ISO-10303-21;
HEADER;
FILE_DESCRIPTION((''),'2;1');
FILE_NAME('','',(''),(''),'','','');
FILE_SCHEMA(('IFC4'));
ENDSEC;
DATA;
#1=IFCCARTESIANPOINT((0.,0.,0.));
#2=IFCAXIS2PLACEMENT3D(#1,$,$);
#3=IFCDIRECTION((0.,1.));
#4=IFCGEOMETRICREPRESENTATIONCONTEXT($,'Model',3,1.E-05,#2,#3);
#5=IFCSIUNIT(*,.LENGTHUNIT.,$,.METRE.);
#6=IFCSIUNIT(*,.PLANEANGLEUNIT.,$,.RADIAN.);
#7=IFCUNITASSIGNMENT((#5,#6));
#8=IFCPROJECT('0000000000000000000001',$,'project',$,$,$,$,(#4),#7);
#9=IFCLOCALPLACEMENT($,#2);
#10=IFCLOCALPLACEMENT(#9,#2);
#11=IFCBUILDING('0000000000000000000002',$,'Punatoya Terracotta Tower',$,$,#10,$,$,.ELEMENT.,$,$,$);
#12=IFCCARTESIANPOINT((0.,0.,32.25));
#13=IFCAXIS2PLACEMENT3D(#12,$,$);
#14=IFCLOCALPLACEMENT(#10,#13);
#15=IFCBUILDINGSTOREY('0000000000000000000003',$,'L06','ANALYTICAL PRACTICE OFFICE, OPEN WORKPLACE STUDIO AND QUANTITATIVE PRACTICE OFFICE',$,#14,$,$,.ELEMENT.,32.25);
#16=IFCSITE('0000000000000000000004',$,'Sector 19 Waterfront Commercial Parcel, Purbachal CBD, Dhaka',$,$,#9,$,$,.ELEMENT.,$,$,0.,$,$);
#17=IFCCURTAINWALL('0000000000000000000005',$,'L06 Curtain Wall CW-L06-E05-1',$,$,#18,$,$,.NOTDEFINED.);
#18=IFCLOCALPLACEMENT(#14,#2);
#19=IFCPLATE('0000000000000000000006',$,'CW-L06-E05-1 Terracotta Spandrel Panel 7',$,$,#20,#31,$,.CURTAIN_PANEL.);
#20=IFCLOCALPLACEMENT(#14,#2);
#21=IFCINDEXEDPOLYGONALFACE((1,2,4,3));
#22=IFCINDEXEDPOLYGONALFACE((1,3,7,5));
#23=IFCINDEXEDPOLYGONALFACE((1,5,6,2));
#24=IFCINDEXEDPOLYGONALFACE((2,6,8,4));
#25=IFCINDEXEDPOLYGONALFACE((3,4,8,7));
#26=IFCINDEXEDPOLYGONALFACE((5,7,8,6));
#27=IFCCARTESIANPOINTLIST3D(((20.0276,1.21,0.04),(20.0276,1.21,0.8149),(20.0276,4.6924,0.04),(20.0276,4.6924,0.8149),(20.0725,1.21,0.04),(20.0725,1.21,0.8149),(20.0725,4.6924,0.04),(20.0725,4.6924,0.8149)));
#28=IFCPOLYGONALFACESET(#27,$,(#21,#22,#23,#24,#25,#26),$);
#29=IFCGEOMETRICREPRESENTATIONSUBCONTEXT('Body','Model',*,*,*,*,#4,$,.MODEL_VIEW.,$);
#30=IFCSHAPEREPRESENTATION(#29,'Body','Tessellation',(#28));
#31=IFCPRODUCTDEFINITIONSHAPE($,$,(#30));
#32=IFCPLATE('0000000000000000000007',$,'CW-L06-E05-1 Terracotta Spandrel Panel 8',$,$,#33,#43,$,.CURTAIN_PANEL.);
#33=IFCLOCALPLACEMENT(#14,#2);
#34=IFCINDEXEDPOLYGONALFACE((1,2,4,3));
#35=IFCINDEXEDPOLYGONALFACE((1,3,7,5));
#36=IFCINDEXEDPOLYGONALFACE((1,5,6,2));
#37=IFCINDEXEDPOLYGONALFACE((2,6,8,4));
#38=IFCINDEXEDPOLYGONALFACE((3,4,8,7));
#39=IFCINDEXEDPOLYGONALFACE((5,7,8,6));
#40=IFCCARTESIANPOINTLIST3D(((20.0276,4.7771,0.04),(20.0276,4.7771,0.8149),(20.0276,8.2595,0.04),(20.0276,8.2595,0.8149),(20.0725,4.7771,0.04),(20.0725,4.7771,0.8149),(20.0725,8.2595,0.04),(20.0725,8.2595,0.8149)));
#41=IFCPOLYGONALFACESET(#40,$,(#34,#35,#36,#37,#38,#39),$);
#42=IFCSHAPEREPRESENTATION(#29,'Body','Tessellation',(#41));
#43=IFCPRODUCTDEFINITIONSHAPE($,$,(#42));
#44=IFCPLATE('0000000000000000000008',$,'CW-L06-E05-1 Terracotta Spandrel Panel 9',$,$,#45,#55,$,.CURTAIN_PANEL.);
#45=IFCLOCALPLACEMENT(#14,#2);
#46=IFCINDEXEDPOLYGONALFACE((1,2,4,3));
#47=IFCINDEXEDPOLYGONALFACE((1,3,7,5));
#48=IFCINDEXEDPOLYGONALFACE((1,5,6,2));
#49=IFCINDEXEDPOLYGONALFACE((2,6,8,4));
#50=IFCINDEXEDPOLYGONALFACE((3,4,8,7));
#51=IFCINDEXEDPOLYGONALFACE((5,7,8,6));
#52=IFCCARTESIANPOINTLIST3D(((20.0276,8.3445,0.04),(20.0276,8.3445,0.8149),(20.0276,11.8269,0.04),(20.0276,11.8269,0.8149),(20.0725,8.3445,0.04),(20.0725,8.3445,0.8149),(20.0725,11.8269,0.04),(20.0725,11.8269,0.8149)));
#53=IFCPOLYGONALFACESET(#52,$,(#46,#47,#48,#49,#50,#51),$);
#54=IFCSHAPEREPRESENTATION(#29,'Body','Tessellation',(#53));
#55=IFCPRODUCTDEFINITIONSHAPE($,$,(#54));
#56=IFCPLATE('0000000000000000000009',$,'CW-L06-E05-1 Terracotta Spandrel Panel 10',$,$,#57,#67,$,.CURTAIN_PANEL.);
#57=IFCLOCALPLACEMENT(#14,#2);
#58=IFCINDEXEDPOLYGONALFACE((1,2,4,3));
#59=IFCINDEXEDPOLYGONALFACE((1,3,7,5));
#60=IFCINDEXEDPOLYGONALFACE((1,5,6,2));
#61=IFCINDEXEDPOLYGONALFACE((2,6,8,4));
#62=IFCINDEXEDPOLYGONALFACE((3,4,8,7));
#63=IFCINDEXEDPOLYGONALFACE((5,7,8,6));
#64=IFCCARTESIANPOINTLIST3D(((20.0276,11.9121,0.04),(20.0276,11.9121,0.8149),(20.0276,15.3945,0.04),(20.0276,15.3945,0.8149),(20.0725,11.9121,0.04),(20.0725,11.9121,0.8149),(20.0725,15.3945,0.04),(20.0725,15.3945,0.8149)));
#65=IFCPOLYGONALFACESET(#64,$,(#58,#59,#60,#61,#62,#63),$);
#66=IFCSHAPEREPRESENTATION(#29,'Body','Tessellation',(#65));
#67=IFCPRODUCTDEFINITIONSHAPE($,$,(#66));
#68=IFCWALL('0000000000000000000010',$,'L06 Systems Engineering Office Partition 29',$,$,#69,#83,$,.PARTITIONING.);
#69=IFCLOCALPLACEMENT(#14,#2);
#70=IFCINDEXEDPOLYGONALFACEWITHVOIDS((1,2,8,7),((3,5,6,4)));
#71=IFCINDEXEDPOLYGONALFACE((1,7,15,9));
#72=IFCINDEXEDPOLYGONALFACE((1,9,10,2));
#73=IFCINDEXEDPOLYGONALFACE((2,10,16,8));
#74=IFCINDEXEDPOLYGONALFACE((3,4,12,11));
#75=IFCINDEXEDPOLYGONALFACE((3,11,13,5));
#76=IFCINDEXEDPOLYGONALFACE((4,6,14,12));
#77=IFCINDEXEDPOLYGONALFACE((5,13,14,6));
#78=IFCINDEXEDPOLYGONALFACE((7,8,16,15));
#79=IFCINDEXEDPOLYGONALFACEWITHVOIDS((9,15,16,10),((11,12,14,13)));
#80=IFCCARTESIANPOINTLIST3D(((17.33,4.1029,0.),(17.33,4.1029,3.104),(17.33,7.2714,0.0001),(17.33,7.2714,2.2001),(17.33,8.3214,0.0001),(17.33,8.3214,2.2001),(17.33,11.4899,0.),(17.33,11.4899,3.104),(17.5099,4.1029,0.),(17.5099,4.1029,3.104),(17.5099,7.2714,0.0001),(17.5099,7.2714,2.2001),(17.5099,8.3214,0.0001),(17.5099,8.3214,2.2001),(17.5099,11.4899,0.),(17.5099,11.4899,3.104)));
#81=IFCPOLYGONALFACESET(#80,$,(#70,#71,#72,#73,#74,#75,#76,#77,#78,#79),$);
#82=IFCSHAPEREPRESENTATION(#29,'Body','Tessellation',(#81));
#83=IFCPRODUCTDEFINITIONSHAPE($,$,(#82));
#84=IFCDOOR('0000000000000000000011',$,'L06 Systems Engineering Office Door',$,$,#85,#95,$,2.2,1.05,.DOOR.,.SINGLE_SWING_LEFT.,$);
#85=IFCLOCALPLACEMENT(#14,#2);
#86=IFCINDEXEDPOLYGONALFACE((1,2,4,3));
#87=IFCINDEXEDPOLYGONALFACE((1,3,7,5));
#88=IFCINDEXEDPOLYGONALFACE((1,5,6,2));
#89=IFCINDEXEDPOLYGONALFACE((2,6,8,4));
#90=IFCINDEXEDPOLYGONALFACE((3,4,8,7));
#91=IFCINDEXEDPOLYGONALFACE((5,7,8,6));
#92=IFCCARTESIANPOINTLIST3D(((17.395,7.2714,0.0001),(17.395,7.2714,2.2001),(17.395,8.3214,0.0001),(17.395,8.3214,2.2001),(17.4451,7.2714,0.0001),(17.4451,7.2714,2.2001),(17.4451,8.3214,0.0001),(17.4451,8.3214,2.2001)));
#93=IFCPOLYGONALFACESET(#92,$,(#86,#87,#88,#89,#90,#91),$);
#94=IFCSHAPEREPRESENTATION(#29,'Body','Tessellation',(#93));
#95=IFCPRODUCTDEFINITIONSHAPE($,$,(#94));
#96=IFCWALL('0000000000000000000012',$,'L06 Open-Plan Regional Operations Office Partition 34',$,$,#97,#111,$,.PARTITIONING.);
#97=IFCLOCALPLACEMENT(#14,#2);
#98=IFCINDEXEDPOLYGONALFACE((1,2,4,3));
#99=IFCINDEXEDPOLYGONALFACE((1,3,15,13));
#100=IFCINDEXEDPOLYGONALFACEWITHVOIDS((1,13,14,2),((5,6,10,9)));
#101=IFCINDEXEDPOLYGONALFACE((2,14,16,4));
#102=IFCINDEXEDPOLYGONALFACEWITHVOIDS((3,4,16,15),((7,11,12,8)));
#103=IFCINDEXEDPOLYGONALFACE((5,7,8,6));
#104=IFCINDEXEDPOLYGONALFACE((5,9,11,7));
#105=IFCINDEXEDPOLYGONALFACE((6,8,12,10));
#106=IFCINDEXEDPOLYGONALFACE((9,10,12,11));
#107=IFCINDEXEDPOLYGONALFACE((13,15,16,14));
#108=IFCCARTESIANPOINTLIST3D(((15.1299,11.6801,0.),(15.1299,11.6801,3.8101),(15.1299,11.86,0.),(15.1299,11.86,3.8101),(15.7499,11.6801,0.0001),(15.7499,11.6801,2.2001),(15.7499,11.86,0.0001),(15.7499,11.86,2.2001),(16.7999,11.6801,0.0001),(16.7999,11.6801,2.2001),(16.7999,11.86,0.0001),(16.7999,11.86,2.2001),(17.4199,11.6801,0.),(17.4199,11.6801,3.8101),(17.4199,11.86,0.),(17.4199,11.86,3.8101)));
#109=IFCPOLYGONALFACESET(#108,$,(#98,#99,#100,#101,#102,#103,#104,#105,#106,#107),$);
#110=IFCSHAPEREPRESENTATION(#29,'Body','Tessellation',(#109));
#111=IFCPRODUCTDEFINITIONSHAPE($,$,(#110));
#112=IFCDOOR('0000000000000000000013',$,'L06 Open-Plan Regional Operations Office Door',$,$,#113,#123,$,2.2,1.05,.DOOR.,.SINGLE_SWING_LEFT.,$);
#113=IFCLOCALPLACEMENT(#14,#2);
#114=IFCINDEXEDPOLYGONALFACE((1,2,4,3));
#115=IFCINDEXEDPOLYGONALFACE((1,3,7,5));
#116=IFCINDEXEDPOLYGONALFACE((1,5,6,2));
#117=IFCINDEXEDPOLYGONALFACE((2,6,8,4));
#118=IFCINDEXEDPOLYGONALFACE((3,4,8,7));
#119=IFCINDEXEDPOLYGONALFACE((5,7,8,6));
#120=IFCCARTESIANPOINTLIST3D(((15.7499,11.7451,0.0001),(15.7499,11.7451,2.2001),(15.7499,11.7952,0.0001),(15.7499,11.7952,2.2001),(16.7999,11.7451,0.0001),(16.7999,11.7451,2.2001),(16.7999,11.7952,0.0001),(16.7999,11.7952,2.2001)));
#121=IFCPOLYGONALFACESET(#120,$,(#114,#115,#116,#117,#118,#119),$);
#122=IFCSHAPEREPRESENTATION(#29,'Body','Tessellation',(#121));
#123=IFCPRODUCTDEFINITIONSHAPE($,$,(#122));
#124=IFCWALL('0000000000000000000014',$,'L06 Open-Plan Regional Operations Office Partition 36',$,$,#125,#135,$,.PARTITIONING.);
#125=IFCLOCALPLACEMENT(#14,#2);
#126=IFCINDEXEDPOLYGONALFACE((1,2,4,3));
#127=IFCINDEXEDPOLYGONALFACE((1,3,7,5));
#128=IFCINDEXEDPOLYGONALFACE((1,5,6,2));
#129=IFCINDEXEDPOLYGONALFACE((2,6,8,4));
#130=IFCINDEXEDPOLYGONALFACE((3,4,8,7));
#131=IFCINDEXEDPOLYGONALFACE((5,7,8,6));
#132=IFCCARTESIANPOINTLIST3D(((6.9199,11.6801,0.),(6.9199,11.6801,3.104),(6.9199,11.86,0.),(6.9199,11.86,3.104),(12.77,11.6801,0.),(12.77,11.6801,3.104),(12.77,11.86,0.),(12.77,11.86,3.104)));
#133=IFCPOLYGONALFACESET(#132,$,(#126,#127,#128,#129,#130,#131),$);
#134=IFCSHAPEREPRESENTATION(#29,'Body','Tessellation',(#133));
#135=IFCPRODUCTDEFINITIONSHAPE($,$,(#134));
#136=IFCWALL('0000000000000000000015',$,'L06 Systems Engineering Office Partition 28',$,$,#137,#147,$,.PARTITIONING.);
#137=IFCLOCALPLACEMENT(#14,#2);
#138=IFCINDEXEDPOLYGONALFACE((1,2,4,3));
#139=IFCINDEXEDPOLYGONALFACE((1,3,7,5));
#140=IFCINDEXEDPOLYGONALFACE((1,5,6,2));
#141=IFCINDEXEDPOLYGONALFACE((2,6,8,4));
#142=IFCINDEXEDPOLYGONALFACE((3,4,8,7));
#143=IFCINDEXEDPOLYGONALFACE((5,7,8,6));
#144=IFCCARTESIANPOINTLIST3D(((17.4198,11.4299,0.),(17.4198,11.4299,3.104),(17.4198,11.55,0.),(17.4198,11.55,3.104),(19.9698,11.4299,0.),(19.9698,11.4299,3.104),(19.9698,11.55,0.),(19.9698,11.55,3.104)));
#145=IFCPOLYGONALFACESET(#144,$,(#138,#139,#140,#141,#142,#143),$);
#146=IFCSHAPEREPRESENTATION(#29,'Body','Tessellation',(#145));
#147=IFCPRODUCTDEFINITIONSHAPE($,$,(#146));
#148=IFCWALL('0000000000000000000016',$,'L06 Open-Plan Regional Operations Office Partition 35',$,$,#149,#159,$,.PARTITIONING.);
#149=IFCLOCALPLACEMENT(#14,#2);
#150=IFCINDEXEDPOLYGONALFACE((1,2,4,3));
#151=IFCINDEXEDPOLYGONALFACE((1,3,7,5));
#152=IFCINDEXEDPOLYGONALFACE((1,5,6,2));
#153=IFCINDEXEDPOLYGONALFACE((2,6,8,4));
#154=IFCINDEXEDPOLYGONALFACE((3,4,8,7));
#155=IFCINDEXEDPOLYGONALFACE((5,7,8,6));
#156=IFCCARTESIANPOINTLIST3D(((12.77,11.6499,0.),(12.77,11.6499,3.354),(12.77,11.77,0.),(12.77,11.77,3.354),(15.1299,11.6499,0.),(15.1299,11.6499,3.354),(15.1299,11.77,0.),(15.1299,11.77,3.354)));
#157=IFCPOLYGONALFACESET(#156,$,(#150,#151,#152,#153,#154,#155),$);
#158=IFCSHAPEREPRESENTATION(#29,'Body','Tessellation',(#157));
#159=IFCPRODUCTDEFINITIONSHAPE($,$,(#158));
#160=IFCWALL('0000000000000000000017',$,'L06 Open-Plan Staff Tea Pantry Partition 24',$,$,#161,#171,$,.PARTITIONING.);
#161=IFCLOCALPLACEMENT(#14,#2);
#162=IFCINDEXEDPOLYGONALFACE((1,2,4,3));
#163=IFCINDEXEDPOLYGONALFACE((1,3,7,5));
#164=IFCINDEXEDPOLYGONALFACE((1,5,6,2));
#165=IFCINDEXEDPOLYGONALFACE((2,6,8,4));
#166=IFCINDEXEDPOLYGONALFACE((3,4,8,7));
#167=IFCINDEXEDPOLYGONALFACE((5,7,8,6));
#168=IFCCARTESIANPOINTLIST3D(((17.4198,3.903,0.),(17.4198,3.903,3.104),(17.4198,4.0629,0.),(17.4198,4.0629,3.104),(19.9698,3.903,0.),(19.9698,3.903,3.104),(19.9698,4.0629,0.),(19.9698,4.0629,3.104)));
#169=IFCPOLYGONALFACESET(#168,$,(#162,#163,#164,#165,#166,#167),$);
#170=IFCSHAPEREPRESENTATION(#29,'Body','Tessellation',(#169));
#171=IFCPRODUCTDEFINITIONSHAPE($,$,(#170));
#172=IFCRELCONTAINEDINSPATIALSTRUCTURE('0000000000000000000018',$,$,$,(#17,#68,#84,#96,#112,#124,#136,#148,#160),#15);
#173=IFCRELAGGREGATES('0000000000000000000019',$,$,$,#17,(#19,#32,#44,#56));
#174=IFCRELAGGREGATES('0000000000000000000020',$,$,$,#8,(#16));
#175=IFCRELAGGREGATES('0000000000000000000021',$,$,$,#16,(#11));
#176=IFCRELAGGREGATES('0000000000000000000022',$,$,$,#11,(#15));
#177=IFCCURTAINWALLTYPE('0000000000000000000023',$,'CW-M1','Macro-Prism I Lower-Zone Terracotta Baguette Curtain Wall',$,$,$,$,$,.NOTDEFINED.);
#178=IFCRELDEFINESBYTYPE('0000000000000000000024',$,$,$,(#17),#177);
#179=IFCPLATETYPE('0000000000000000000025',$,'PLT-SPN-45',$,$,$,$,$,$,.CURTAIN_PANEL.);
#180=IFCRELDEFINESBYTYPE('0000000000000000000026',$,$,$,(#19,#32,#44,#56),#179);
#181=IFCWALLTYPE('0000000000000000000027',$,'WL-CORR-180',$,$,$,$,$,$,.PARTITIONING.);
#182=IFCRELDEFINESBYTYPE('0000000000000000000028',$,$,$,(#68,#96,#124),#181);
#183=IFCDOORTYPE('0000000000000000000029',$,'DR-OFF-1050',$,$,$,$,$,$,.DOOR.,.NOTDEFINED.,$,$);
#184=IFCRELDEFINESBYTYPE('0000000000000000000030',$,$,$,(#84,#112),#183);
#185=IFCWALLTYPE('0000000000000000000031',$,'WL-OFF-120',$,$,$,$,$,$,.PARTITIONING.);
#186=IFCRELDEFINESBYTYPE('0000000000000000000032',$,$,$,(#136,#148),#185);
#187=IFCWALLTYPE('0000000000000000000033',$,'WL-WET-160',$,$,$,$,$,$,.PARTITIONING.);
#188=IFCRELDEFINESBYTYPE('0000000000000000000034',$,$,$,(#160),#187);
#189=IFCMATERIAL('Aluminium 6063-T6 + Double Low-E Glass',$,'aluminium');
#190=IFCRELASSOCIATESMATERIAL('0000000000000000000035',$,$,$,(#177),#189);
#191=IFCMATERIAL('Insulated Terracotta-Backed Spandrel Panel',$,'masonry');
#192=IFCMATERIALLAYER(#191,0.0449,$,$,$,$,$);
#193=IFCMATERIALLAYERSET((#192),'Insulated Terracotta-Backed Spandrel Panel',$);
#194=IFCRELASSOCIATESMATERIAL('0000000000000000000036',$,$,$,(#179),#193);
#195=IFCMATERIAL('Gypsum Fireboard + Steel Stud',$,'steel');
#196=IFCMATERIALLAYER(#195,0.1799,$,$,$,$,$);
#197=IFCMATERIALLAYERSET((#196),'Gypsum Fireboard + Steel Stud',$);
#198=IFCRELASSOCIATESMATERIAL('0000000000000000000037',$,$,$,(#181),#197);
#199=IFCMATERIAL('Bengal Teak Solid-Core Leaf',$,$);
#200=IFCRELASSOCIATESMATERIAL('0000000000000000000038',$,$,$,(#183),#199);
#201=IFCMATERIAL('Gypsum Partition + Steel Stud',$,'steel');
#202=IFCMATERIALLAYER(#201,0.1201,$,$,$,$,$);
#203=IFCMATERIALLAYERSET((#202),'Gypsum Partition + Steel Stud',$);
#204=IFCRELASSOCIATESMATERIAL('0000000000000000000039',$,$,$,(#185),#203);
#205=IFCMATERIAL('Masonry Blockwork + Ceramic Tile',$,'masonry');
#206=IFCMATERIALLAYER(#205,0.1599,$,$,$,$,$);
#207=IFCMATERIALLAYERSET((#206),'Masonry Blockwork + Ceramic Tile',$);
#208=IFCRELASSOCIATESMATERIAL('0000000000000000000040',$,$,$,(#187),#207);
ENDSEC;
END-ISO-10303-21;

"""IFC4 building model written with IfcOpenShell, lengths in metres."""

from ifc_helpers import new_model, si_unit, direction, frame, frame_2d, origin, origin_2d, place, context, subcontext, project, spatial, rectangle, extrude, material, layer, layer_set, type_object, element, fill, aggregate, save


model = new_model("IFC4")

# Units and contexts
model_context = context("Model", 3, precision=1e-05, world=origin(), true_north=direction((0.0, 1.0)))
body_context = subcontext(model_context, "Body", "Model", "MODEL_VIEW")
ifc_project = project(units=[si_unit("LENGTHUNIT", "METRE"), si_unit("PLANEANGLEUNIT", "RADIAN")], contexts=[model_context])

# Site, building, storey
site_placement = place(None, origin())
site = spatial("IfcSite", under=ifc_project, at=site_placement, Name="Sector 19 Waterfront Commercial Parcel, Purbachal CBD, Dhaka", CompositionType="ELEMENT", RefElevation=0.0)
building_placement = place(site_placement, origin())
building = spatial("IfcBuilding", under=site, at=building_placement, Name="Punatoya Terracotta Tower", CompositionType="ELEMENT")
storey_placement = place(building_placement, frame((0.0, 0.0, 32.25)))
storey = spatial("IfcBuildingStorey", under=building, at=storey_placement, Name="L06", Description="ANALYTICAL PRACTICE OFFICE, OPEN WORKPLACE STUDIO AND QUANTITATIVE PRACTICE OFFICE", CompositionType="ELEMENT", Elevation=32.25)

# Curtain wall
ifc_material_1 = material(Name="Aluminium 6063-T6 + Double Low-E Glass", Category="aluminium")
curtain_wall_type = type_object("IfcCurtainWallType", Name="CW-M1", Description="Macro-Prism I Lower-Zone Terracotta Baguette Curtain Wall", PredefinedType="NOTDEFINED", material=ifc_material_1)
curtain_wall_1_placement = place(storey_placement, origin())
curtain_wall_1 = element("IfcCurtainWall", 1, at=curtain_wall_1_placement, inside=storey, type_object=curtain_wall_type, Name="L06 Curtain Wall CW-L06-E05-1", PredefinedType="NOTDEFINED")

# Plates
ifc_material_2 = material(Name="Insulated Terracotta-Backed Spandrel Panel", Category="masonry")
ifc_layer_1 = layer(ifc_material_2, 0.0449)
ifc_layer_set_1 = layer_set([ifc_layer_1], Name="Insulated Terracotta-Backed Spandrel Panel")
plate_type_1 = type_object("IfcPlateType", Name="PLT-SPN-45", PredefinedType="CURTAIN_PANEL", material=ifc_layer_set_1)
plate_1_placement = place(storey_placement, frame((20.05, 2.9512, 0.04), z_axis=(0.0, 0.0, 1.0), x_axis=(0.0, 1.0, 0.0)))
plate_1 = element("IfcPlate", 2, at=plate_1_placement, type_object=plate_type_1, Name="CW-L06-E05-1 Terracotta Spandrel Panel 7", PredefinedType="CURTAIN_PANEL", context=body_context, shape_type="SweptSolid", body=[
    extrude(rectangle(XDim=3.4824, YDim=0.0449, at=origin_2d()), origin(), (0.0, 0.0, 1.0), 0.7749),
])
plate_2_placement = place(storey_placement, frame((20.05, 6.5183, 0.04), z_axis=(0.0, 0.0, 1.0), x_axis=(0.0, 1.0, 0.0)))
plate_2 = element("IfcPlate", 3, at=plate_2_placement, type_object=plate_type_1, Name="CW-L06-E05-1 Terracotta Spandrel Panel 8", PredefinedType="CURTAIN_PANEL", context=body_context, shape_type="SweptSolid", body=[
    extrude(rectangle(XDim=3.4824, YDim=0.0449, at=origin_2d()), origin(), (0.0, 0.0, 1.0), 0.7749),
])
plate_3_placement = place(storey_placement, frame((20.05, 10.0857, 0.04), z_axis=(0.0, 0.0, 1.0), x_axis=(0.0, 1.0, 0.0)))
plate_3 = element("IfcPlate", 4, at=plate_3_placement, type_object=plate_type_1, Name="CW-L06-E05-1 Terracotta Spandrel Panel 9", PredefinedType="CURTAIN_PANEL", context=body_context, shape_type="SweptSolid", body=[
    extrude(rectangle(XDim=3.4824, YDim=0.0449, at=origin_2d()), origin(), (0.0, 0.0, 1.0), 0.7749),
])
plate_4_placement = place(storey_placement, frame((20.05, 13.6533, 0.04), z_axis=(0.0, 0.0, 1.0), x_axis=(0.0, 1.0, 0.0)))
plate_4 = element("IfcPlate", 5, at=plate_4_placement, type_object=plate_type_1, Name="CW-L06-E05-1 Terracotta Spandrel Panel 10", PredefinedType="CURTAIN_PANEL", context=body_context, shape_type="SweptSolid", body=[
    extrude(rectangle(XDim=3.4824, YDim=0.0449, at=origin_2d()), origin(), (0.0, 0.0, 1.0), 0.7749),
])
aggregate(curtain_wall_1, [plate_1, plate_2, plate_3, plate_4])

# Walls, openings, doors
ifc_material_3 = material(Name="Gypsum Fireboard + Steel Stud", Category="steel")
ifc_layer_2 = layer(ifc_material_3, 0.1799)
ifc_layer_set_2 = layer_set([ifc_layer_2], Name="Gypsum Fireboard + Steel Stud")
wall_type_1 = type_object("IfcWallType", Name="WL-CORR-180", PredefinedType="PARTITIONING", material=ifc_layer_set_2)
wall_1_placement = place(storey_placement, frame((17.4199, 4.103, 0.0), z_axis=(0.0, 0.0, 1.0), x_axis=(0.0, 1.0, 0.0)))
wall_1 = element("IfcWall", 6, at=wall_1_placement, inside=storey, type_object=wall_type_1, Name="L06 Systems Engineering Office Partition 29", PredefinedType="PARTITIONING", context=body_context, shape_type="SweptSolid", body=[
    extrude(rectangle(XDim=7.387, YDim=0.1799, at=frame_2d((3.6934, 0.0))), origin(), (0.0, 0.0, 1.0), 3.104),
])
opening_1_placement = place(wall_1_placement, frame((3.1685, 0.0, 0.0)))
opening_1 = element("IfcOpeningElement", 7, at=opening_1_placement, cuts=wall_1, PredefinedType="OPENING", context=body_context, shape_type="SweptSolid", body=[
    extrude(rectangle(XDim=1.05, YDim=2.2, at=frame_2d((0.5249, 1.1001))), frame((0.0, 0.0999, 0.0), z_axis=(0.0, -1.0, 0.0), x_axis=(1.0, 0.0, 0.0)), (0.0, 0.0, 1.0), 0.2),
])
ifc_material_4 = material(Name="Bengal Teak Solid-Core Leaf")
door_type = type_object("IfcDoorType", Name="DR-OFF-1050", OperationType="NOTDEFINED", PredefinedType="DOOR", material=ifc_material_4)
door_1_placement = place(opening_1_placement, origin())
door_1 = element("IfcDoor", 8, at=door_1_placement, inside=storey, type_object=door_type, Name="L06 Systems Engineering Office Door", OperationType="SINGLE_SWING_LEFT", OverallHeight=2.2, OverallWidth=1.05, PredefinedType="DOOR", context=body_context, shape_type="SweptSolid", body=[
    extrude(rectangle(XDim=1.05, YDim=2.2, at=frame_2d((0.5249, 1.1001))), frame((0.0, 0.0249, 0.0), z_axis=(0.0, -1.0, 0.0), x_axis=(1.0, 0.0, 0.0)), (0.0, 0.0, 1.0), 0.05),
])
fill(opening_1, door_1)
wall_2_placement = place(storey_placement, frame((17.4199, 11.77, 0.0), z_axis=(0.0, 0.0, 1.0), x_axis=(-1.0, 0.0, 0.0)))
wall_2 = element("IfcWall", 9, at=wall_2_placement, inside=storey, type_object=wall_type_1, Name="L06 Open-Plan Regional Operations Office Partition 34", PredefinedType="PARTITIONING", context=body_context, shape_type="SweptSolid", body=[
    extrude(rectangle(XDim=2.29, YDim=0.1799, at=frame_2d((1.145, 0.0))), origin(), (0.0, 0.0, 1.0), 3.8101),
])
opening_2_placement = place(wall_2_placement, frame((0.6201, 0.0, 0.0)))
opening_2 = element("IfcOpeningElement", 10, at=opening_2_placement, cuts=wall_2, PredefinedType="OPENING", context=body_context, shape_type="SweptSolid", body=[
    extrude(rectangle(XDim=1.05, YDim=2.2, at=frame_2d((0.5249, 1.1001))), frame((0.0, 0.0999, 0.0), z_axis=(0.0, -1.0, 0.0), x_axis=(1.0, 0.0, 0.0)), (0.0, 0.0, 1.0), 0.2),
])
door_2_placement = place(opening_2_placement, origin())
door_2 = element("IfcDoor", 11, at=door_2_placement, inside=storey, type_object=door_type, Name="L06 Open-Plan Regional Operations Office Door", OperationType="SINGLE_SWING_LEFT", OverallHeight=2.2, OverallWidth=1.05, PredefinedType="DOOR", context=body_context, shape_type="SweptSolid", body=[
    extrude(rectangle(XDim=1.05, YDim=2.2, at=frame_2d((0.5249, 1.1001))), frame((0.0, 0.0249, 0.0), z_axis=(0.0, -1.0, 0.0), x_axis=(1.0, 0.0, 0.0)), (0.0, 0.0, 1.0), 0.05),
])
fill(opening_2, door_2)

# Walls
wall_3_placement = place(storey_placement, frame((12.77, 11.77, 0.0), z_axis=(0.0, 0.0, 1.0), x_axis=(-1.0, 0.0, 0.0)))
element("IfcWall", 12, at=wall_3_placement, inside=storey, type_object=wall_type_1, Name="L06 Open-Plan Regional Operations Office Partition 36", PredefinedType="PARTITIONING", context=body_context, shape_type="SweptSolid", body=[
    extrude(rectangle(XDim=5.8501, YDim=0.1799, at=frame_2d((2.925, 0.0))), origin(), (0.0, 0.0, 1.0), 3.104),
])
ifc_material_5 = material(Name="Gypsum Partition + Steel Stud", Category="steel")
ifc_layer_3 = layer(ifc_material_5, 0.1201)
ifc_layer_set_3 = layer_set([ifc_layer_3], Name="Gypsum Partition + Steel Stud")
wall_type_2 = type_object("IfcWallType", Name="WL-OFF-120", PredefinedType="PARTITIONING", material=ifc_layer_set_3)
wall_4_placement = place(storey_placement, frame((17.4199, 11.49, 0.0), z_axis=(0.0, 0.0, 1.0), x_axis=(1.0, 0.0, 0.0)))
element("IfcWall", 13, at=wall_4_placement, inside=storey, type_object=wall_type_2, Name="L06 Systems Engineering Office Partition 28", PredefinedType="PARTITIONING", context=body_context, shape_type="SweptSolid", body=[
    extrude(rectangle(XDim=2.55, YDim=0.1201, at=frame_2d((1.2749, 0.0))), origin(), (0.0, 0.0, 1.0), 3.104),
])
wall_5_placement = place(storey_placement, frame((15.1299, 11.71, 0.0), z_axis=(0.0, 0.0, 1.0), x_axis=(-1.0, 0.0, 0.0)))
element("IfcWall", 14, at=wall_5_placement, inside=storey, type_object=wall_type_2, Name="L06 Open-Plan Regional Operations Office Partition 35", PredefinedType="PARTITIONING", context=body_context, shape_type="SweptSolid", body=[
    extrude(rectangle(XDim=2.3599, YDim=0.1201, at=frame_2d((1.1799, 0.0))), origin(), (0.0, 0.0, 1.0), 3.354),
])
ifc_material_6 = material(Name="Masonry Blockwork + Ceramic Tile", Category="masonry")
ifc_layer_4 = layer(ifc_material_6, 0.1599)
ifc_layer_set_4 = layer_set([ifc_layer_4], Name="Masonry Blockwork + Ceramic Tile")
wall_type_3 = type_object("IfcWallType", Name="WL-WET-160", PredefinedType="PARTITIONING", material=ifc_layer_set_4)
wall_6_placement = place(storey_placement, frame((17.4199, 3.9829, 0.0), z_axis=(0.0, 0.0, 1.0), x_axis=(1.0, 0.0, 0.0)))
element("IfcWall", 15, at=wall_6_placement, inside=storey, type_object=wall_type_3, Name="L06 Open-Plan Staff Tea Pantry Partition 24", PredefinedType="PARTITIONING", context=body_context, shape_type="SweptSolid", body=[
    extrude(rectangle(XDim=2.55, YDim=0.1599, at=frame_2d((1.2749, 0.0))), origin(), (0.0, 0.0, 1.0), 3.104),
])

save(model, "model.ifc")
